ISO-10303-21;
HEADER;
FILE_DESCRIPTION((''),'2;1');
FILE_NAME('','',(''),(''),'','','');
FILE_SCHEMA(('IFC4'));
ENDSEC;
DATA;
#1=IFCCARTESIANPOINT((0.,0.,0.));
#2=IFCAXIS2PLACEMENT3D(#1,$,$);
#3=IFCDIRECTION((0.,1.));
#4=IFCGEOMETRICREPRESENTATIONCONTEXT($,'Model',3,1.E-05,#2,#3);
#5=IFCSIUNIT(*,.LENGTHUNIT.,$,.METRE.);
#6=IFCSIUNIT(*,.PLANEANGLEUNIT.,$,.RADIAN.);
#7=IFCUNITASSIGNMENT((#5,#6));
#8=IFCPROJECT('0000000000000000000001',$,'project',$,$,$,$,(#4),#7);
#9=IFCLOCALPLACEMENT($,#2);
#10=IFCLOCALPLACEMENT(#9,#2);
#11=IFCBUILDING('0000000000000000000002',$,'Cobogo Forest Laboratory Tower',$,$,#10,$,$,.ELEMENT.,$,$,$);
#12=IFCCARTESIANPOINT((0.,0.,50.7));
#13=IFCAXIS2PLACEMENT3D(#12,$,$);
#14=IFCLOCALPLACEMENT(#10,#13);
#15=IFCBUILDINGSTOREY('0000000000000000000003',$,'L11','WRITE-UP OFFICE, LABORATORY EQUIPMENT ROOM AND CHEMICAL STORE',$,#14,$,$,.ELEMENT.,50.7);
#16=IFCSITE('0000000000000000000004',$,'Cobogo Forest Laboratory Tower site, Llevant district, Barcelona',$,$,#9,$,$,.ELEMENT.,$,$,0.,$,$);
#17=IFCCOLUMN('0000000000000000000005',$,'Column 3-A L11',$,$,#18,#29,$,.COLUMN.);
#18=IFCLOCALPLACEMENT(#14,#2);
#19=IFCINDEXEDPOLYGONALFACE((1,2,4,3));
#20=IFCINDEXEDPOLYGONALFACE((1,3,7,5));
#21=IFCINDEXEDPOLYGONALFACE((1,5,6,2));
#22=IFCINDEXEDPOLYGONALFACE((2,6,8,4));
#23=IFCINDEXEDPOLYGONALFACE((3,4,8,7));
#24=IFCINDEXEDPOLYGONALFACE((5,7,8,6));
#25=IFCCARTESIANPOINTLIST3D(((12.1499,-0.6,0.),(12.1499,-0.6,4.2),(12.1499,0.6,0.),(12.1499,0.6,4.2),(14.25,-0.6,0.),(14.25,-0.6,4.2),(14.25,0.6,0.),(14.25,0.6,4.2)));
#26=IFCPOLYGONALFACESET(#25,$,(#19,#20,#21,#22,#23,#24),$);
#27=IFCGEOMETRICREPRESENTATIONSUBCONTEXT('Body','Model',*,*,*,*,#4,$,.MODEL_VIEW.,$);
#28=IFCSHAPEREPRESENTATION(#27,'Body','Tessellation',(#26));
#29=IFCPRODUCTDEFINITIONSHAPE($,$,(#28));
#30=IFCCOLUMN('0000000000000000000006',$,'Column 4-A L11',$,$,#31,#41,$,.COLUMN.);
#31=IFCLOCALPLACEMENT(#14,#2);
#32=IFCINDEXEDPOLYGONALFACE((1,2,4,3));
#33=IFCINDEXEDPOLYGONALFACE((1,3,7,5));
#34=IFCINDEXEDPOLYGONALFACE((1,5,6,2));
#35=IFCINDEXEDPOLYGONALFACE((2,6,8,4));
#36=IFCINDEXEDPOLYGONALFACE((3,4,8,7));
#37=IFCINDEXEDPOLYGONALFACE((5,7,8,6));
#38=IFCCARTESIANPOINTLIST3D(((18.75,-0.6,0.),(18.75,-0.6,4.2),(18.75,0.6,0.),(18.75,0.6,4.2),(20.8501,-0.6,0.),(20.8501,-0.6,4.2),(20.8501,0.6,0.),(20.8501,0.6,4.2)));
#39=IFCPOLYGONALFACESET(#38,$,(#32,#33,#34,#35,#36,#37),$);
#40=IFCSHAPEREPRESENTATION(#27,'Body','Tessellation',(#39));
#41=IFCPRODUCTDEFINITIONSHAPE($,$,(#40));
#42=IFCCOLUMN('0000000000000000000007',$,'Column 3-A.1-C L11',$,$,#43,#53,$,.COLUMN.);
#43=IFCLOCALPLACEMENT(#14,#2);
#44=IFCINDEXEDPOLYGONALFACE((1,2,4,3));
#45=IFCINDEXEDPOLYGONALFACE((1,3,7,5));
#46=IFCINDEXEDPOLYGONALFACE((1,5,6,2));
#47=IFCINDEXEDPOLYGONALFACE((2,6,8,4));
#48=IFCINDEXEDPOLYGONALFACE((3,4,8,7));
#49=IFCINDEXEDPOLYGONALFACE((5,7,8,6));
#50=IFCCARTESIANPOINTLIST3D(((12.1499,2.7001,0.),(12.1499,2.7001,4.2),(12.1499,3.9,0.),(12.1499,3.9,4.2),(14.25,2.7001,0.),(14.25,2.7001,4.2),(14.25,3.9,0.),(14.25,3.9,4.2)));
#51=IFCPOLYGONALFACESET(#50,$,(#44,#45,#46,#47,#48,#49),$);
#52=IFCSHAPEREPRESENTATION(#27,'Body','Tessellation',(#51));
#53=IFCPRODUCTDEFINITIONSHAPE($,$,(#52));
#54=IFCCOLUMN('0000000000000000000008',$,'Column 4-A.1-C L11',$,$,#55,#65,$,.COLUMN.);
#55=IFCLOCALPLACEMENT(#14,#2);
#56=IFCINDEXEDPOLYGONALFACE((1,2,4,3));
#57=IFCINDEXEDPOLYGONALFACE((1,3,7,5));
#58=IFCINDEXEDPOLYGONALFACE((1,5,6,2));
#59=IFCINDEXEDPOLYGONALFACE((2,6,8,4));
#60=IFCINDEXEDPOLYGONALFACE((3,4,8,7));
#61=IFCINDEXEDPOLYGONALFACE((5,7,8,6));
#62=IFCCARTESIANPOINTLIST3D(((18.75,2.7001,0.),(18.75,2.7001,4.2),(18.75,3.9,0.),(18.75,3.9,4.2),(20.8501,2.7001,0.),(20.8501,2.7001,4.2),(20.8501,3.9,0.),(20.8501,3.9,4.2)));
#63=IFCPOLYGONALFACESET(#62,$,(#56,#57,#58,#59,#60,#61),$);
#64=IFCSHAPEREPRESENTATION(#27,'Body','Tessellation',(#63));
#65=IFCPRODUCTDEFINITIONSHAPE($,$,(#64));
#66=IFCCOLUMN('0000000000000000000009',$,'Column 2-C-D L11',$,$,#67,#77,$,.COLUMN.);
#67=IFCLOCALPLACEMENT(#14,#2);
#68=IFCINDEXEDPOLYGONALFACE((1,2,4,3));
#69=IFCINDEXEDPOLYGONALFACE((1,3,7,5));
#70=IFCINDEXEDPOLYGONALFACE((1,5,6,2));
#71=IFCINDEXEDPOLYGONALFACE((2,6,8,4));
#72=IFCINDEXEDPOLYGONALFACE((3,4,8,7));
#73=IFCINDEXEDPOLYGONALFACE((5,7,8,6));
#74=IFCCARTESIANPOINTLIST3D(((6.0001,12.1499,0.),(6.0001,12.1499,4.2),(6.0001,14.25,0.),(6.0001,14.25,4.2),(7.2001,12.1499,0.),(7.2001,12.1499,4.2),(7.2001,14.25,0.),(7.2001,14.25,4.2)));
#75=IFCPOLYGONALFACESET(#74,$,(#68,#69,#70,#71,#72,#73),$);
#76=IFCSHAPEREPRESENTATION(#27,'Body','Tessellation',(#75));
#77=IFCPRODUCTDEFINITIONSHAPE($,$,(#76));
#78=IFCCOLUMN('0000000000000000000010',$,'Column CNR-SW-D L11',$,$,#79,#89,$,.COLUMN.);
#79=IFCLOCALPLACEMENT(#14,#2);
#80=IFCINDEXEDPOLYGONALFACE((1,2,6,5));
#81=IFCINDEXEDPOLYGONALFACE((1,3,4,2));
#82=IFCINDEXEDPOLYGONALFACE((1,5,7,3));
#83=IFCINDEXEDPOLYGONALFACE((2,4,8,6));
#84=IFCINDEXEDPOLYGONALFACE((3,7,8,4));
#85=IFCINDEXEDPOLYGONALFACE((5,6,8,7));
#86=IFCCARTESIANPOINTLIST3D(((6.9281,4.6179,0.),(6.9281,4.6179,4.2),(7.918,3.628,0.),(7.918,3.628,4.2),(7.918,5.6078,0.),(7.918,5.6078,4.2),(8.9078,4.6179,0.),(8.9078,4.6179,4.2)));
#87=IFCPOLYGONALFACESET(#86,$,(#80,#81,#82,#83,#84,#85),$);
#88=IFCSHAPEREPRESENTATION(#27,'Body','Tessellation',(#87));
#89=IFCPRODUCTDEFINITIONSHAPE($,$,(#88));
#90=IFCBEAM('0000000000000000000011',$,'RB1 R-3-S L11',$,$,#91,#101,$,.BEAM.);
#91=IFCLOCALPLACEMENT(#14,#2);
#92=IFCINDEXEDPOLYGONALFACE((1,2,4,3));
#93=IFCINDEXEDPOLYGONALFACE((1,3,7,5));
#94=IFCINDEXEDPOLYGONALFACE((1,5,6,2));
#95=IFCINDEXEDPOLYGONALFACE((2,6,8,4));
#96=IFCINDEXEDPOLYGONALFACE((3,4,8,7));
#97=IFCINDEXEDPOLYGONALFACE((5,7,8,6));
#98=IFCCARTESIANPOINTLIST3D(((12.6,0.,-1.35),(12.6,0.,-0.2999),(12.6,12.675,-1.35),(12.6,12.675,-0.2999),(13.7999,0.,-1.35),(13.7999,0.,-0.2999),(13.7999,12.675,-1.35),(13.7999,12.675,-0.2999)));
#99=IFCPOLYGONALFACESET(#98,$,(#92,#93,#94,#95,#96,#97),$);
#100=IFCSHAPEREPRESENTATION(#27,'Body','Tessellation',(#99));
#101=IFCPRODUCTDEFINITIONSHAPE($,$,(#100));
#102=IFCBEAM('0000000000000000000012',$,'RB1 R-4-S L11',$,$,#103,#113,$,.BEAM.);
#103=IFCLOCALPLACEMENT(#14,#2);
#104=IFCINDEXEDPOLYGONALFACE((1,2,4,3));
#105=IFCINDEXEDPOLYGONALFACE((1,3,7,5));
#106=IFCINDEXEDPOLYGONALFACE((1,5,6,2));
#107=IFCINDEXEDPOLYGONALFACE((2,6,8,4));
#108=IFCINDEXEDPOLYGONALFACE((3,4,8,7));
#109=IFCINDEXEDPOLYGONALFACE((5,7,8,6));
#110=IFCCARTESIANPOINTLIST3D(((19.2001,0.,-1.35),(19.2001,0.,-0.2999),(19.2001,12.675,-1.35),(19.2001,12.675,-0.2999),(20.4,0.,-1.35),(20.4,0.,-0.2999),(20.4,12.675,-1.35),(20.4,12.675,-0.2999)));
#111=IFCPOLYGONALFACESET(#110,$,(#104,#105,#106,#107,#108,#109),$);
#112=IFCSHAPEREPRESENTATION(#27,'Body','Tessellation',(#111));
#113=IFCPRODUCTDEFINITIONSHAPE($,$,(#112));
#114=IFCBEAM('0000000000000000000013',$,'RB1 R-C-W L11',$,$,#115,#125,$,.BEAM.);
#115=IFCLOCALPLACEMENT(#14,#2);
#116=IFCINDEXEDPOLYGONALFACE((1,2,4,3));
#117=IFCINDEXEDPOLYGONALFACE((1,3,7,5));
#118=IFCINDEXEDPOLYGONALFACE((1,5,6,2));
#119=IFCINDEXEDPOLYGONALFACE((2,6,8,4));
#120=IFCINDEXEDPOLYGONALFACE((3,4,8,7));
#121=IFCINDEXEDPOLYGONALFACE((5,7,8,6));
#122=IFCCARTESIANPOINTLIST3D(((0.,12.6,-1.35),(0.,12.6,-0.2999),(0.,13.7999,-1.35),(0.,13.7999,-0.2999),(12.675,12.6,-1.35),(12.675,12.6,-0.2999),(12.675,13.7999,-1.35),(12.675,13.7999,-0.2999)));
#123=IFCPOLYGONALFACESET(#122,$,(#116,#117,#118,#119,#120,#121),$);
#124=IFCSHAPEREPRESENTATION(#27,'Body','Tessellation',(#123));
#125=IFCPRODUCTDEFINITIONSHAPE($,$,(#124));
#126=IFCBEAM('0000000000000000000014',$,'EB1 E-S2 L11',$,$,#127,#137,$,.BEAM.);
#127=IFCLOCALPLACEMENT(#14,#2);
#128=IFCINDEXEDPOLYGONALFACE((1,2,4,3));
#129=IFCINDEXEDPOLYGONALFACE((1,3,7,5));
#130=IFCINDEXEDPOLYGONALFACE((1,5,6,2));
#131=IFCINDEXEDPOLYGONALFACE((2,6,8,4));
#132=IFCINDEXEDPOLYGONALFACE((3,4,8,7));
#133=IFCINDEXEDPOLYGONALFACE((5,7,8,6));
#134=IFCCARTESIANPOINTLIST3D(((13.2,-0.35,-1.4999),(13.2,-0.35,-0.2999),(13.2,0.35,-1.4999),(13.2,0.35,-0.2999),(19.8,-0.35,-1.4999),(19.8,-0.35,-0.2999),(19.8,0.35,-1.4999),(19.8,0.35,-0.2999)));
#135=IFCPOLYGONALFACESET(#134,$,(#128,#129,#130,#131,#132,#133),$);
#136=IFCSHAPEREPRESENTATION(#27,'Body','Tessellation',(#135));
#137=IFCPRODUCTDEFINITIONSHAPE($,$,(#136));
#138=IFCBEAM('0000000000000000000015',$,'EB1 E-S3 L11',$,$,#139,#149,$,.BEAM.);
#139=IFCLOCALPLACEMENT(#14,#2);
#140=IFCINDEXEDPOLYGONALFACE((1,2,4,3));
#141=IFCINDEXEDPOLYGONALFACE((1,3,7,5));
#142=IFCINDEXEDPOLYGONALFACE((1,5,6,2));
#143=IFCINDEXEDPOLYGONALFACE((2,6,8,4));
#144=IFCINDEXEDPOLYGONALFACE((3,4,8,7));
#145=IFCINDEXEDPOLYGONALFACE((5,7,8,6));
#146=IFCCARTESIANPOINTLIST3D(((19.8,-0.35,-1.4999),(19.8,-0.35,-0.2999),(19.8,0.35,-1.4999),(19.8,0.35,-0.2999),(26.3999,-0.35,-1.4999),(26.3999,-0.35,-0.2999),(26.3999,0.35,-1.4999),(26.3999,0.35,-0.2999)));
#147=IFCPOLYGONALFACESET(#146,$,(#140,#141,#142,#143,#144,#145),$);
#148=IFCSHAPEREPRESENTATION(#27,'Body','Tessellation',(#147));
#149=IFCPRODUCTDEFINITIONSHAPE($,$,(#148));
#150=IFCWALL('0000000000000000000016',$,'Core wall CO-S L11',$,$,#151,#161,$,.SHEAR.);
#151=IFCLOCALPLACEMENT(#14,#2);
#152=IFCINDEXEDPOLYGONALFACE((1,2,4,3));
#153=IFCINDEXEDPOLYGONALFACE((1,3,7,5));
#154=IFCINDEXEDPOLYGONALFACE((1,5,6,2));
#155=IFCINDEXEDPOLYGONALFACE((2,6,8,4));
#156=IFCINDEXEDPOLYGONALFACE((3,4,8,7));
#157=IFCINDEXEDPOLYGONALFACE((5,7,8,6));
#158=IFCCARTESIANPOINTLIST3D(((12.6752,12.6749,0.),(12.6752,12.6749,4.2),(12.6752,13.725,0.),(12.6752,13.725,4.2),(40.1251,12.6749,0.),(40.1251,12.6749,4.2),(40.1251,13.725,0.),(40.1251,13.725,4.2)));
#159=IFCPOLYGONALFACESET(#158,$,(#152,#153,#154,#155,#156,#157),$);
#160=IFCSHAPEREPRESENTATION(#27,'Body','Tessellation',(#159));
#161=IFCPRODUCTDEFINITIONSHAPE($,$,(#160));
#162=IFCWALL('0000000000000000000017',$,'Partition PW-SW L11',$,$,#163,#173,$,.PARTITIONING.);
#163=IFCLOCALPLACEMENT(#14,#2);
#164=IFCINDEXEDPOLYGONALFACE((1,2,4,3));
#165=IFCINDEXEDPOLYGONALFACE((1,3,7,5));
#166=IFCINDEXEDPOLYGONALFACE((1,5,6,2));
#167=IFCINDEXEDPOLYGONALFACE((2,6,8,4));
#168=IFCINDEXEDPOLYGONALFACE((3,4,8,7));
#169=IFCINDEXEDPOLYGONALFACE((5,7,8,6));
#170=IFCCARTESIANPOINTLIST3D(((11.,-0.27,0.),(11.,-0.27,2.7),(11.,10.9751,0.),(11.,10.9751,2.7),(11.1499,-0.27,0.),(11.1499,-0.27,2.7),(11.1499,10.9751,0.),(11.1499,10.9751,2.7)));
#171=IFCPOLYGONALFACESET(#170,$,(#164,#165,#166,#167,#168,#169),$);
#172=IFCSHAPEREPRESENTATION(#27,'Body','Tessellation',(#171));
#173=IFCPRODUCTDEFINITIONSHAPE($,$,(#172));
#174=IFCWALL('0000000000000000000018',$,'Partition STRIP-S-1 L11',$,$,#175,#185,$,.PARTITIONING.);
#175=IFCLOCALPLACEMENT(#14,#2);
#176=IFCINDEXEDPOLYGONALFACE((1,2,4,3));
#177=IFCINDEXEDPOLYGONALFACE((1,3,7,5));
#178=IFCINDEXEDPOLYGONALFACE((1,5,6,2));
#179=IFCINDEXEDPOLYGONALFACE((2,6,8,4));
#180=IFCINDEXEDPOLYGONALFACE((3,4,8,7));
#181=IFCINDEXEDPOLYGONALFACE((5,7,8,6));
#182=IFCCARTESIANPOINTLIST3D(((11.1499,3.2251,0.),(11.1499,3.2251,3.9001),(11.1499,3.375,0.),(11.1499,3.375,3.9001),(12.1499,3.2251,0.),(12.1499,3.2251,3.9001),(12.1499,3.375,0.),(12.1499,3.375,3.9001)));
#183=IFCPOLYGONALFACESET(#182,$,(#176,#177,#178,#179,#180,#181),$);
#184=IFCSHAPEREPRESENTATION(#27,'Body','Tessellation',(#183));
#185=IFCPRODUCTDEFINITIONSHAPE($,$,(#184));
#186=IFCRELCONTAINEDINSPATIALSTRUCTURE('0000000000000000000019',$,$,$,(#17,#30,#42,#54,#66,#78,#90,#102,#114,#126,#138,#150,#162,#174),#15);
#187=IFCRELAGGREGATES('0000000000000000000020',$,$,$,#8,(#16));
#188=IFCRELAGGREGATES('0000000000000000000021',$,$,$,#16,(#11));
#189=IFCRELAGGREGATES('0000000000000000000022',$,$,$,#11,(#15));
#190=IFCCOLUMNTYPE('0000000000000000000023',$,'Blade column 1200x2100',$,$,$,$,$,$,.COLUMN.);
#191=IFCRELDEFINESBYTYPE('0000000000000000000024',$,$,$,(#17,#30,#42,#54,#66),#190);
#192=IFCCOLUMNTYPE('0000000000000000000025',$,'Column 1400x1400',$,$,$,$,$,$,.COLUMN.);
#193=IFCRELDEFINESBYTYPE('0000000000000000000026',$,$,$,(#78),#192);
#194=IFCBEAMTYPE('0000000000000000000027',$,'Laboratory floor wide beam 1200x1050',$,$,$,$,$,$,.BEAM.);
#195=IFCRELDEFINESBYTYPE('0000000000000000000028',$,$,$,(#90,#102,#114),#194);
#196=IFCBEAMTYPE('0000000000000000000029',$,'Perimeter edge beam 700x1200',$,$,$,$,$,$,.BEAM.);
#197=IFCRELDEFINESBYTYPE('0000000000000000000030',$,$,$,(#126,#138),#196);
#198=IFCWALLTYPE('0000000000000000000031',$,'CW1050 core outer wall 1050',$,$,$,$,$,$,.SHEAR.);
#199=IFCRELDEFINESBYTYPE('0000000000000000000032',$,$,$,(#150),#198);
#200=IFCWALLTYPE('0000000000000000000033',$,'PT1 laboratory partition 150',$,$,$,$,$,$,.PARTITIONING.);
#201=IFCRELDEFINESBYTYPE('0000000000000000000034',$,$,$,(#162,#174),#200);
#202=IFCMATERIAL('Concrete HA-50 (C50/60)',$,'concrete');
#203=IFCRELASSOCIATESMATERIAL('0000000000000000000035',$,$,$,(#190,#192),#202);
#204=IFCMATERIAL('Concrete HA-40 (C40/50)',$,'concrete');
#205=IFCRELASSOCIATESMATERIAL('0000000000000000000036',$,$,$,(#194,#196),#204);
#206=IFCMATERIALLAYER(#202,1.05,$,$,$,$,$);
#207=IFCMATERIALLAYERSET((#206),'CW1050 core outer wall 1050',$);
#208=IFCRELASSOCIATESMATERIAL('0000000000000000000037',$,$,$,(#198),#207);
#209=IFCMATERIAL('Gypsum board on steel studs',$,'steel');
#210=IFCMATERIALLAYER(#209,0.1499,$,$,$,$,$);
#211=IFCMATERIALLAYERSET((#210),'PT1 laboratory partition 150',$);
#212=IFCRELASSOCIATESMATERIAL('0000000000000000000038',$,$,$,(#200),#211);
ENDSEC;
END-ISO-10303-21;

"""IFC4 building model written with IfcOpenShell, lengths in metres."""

from ifc_helpers import new_model, si_unit, direction, frame, frame_2d, origin, origin_2d, place, context, subcontext, project, spatial, rectangle, extrude, material, layer, layer_set, material_profile, profile_set, type_object, element, save


model = new_model("IFC4")

# Units and contexts
model_context = context("Model", 3, precision=1e-05, world=origin(), true_north=direction((0.0, 1.0)))
body_context = subcontext(model_context, "Body", "Model", "MODEL_VIEW")
ifc_project = project(units=[si_unit("LENGTHUNIT", "METRE"), si_unit("PLANEANGLEUNIT", "RADIAN")], contexts=[model_context])

# Site, building, storey
site_placement = place(None, origin())
site = spatial("IfcSite", under=ifc_project, at=site_placement, Name="Cobogo Forest Laboratory Tower site, Llevant district, Barcelona", CompositionType="ELEMENT", RefElevation=0.0)
building_placement = place(site_placement, origin())
building = spatial("IfcBuilding", under=site, at=building_placement, Name="Cobogo Forest Laboratory Tower", CompositionType="ELEMENT")
storey_placement = place(building_placement, frame((0.0, 0.0, 50.7)))
storey = spatial("IfcBuildingStorey", under=building, at=storey_placement, Name="L11", Description="WRITE-UP OFFICE, LABORATORY EQUIPMENT ROOM AND CHEMICAL STORE", CompositionType="ELEMENT", Elevation=50.7)

# Columns
ifc_material_1 = material(Name="Concrete HA-50 (C50/60)", Category="concrete")
ifc_material_profile_1 = material_profile(ifc_material_1, rectangle(XDim=2.1001, YDim=1.2, at=origin_2d()), Name="RC 1200x2100")
ifc_profile_set_1 = profile_set([ifc_material_profile_1], Name="Concrete HA-50 (C50/60)")
column_type_1 = type_object("IfcColumnType", Name="Blade column 1200x2100", PredefinedType="COLUMN", material=ifc_profile_set_1)
for number, where, z_axis, x_axis, name in (
    (1, (13.2, 0.0, 0.0), (0.0, 0.0, 1.0), (1.0, 0.0, 0.0), "Column 3-A L11"),
    (2, (19.8, 0.0, 0.0), (0.0, 0.0, 1.0), (1.0, 0.0, 0.0), "Column 4-A L11"),
    (3, (13.2, 3.3, 0.0), (0.0, 0.0, 1.0), (1.0, 0.0, 0.0), "Column 3-A.1-C L11"),
    (4, (19.8, 3.3, 0.0), (0.0, 0.0, 1.0), (1.0, 0.0, 0.0), "Column 4-A.1-C L11"),
    (5, (6.6001, 13.2, 0.0), (0.0, 0.0, 1.0), (0.0, 1.0, 0.0), "Column 2-C-D L11"),
):
    element("IfcColumn", number, at=place(storey_placement, frame(where, z_axis=z_axis, x_axis=x_axis)), inside=storey, type_object=column_type_1, Name=name, PredefinedType="COLUMN", context=body_context, shape_type="SweptSolid", body=[
        extrude(rectangle(XDim=2.1001, YDim=1.2, at=origin_2d()), origin(), (0.0, 0.0, 1.0), 4.2),
    ])
ifc_material_profile_2 = material_profile(ifc_material_1, rectangle(XDim=1.3999, YDim=1.3999, at=origin_2d()), Name="RC 1400x1400")
ifc_profile_set_2 = profile_set([ifc_material_profile_2], Name="Concrete HA-50 (C50/60)")
column_type_2 = type_object("IfcColumnType", Name="Column 1400x1400", PredefinedType="COLUMN", material=ifc_profile_set_2)
column_placement = place(storey_placement, frame((7.918, 4.6179, 0.0), z_axis=(0.0, 0.0, 1.0), x_axis=(0.707107, 0.707107, 0.0)))
element("IfcColumn", 6, at=column_placement, inside=storey, type_object=column_type_2, Name="Column CNR-SW-D L11", PredefinedType="COLUMN", context=body_context, shape_type="SweptSolid", body=[
    extrude(rectangle(XDim=1.3999, YDim=1.3999, at=origin_2d()), origin(), (0.0, 0.0, 1.0), 4.2),
])

# Beams
ifc_material_2 = material(Name="Concrete HA-40 (C40/50)", Category="concrete")
ifc_material_profile_3 = material_profile(ifc_material_2, rectangle(XDim=1.2, YDim=1.05, at=origin_2d()), Name="RC 1200x1050")
ifc_profile_set_3 = profile_set([ifc_material_profile_3], Name="Concrete HA-40 (C40/50)")
beam_type_1 = type_object("IfcBeamType", Name="Laboratory floor wide beam 1200x1050", PredefinedType="BEAM", material=ifc_profile_set_3)
for number, where, z_axis, x_axis, name in (
    (7, (13.2, 12.675, -0.825), (0.0, -1.0, 0.0), (1.0, 0.0, 0.0), "RB1 R-3-S L11"),
    (8, (19.8, 12.675, -0.825), (0.0, -1.0, 0.0), (1.0, 0.0, 0.0), "RB1 R-4-S L11"),
    (9, (12.675, 13.2, -0.825), (-1.0, 0.0, 0.0), (0.0, -1.0, 0.0), "RB1 R-C-W L11"),
):
    element("IfcBeam", number, at=place(storey_placement, frame(where, z_axis=z_axis, x_axis=x_axis)), inside=storey, type_object=beam_type_1, Name=name, PredefinedType="BEAM", context=body_context, shape_type="SweptSolid", body=[
        extrude(rectangle(XDim=1.2, YDim=1.05, at=origin_2d()), origin(), (0.0, 0.0, 1.0), 12.675),
    ])
ifc_material_profile_4 = material_profile(ifc_material_2, rectangle(XDim=0.7, YDim=1.2, at=origin_2d()), Name="RC 700x1200")
ifc_profile_set_4 = profile_set([ifc_material_profile_4], Name="Concrete HA-40 (C40/50)")
beam_type_2 = type_object("IfcBeamType", Name="Perimeter edge beam 700x1200", PredefinedType="BEAM", material=ifc_profile_set_4)
beam_1_placement = place(storey_placement, frame((13.2, 0.0, -0.8999), z_axis=(1.0, 0.0, 0.0), x_axis=(0.0, 1.0, 0.0)))
element("IfcBeam", 10, at=beam_1_placement, inside=storey, type_object=beam_type_2, Name="EB1 E-S2 L11", PredefinedType="BEAM", context=body_context, shape_type="SweptSolid", body=[
    extrude(rectangle(XDim=0.7, YDim=1.2, at=origin_2d()), origin(), (0.0, 0.0, 1.0), 6.6001),
])
beam_2_placement = place(storey_placement, frame((19.8, 0.0, -0.8999), z_axis=(1.0, 0.0, 0.0), x_axis=(0.0, 1.0, 0.0)))
element("IfcBeam", 11, at=beam_2_placement, inside=storey, type_object=beam_type_2, Name="EB1 E-S3 L11", PredefinedType="BEAM", context=body_context, shape_type="SweptSolid", body=[
    extrude(rectangle(XDim=0.7, YDim=1.2, at=origin_2d()), origin(), (0.0, 0.0, 1.0), 6.5999),
])

# Walls
ifc_layer_1 = layer(ifc_material_1, 1.05)
ifc_layer_set_1 = layer_set([ifc_layer_1], Name="CW1050 core outer wall 1050")
wall_type_1 = type_object("IfcWallType", Name="CW1050 core outer wall 1050", PredefinedType="SHEAR", material=ifc_layer_set_1)
wall_1_placement = place(storey_placement, frame((12.675, 13.2, 0.0), z_axis=(0.0, 0.0, 1.0), x_axis=(1.0, 0.0, 0.0)))
element("IfcWall", 12, at=wall_1_placement, inside=storey, type_object=wall_type_1, Name="Core wall CO-S L11", PredefinedType="SHEAR", context=body_context, shape_type="SweptSolid", body=[
    extrude(rectangle(XDim=27.45, YDim=1.05, at=frame_2d((13.7251, 0.0))), origin(), (0.0, 0.0, 1.0), 4.2),
])
ifc_material_3 = material(Name="Gypsum board on steel studs", Category="steel")
ifc_layer_2 = layer(ifc_material_3, 0.1499)
ifc_layer_set_2 = layer_set([ifc_layer_2], Name="PT1 laboratory partition 150")
wall_type_2 = type_object("IfcWallType", Name="PT1 laboratory partition 150", PredefinedType="PARTITIONING", material=ifc_layer_set_2)
wall_2_placement = place(storey_placement, frame((11.075, -0.27, 0.0), z_axis=(0.0, 0.0, 1.0), x_axis=(0.0, 1.0, 0.0)))
element("IfcWall", 13, at=wall_2_placement, inside=storey, type_object=wall_type_2, Name="Partition PW-SW L11", PredefinedType="PARTITIONING", context=body_context, shape_type="SweptSolid", body=[
    extrude(rectangle(XDim=11.2451, YDim=0.1499, at=frame_2d((5.6226, 0.0))), origin(), (0.0, 0.0, 1.0), 2.7),
])
wall_3_placement = place(storey_placement, frame((11.1499, 3.3, 0.0), z_axis=(0.0, 0.0, 1.0), x_axis=(1.0, 0.0, 0.0)))
element("IfcWall", 14, at=wall_3_placement, inside=storey, type_object=wall_type_2, Name="Partition STRIP-S-1 L11", PredefinedType="PARTITIONING", context=body_context, shape_type="SweptSolid", body=[
    extrude(rectangle(XDim=1.0, YDim=0.1499, at=frame_2d((0.5, 0.0))), origin(), (0.0, 0.0, 1.0), 3.9001),
])

save(model, "model.ifc")
